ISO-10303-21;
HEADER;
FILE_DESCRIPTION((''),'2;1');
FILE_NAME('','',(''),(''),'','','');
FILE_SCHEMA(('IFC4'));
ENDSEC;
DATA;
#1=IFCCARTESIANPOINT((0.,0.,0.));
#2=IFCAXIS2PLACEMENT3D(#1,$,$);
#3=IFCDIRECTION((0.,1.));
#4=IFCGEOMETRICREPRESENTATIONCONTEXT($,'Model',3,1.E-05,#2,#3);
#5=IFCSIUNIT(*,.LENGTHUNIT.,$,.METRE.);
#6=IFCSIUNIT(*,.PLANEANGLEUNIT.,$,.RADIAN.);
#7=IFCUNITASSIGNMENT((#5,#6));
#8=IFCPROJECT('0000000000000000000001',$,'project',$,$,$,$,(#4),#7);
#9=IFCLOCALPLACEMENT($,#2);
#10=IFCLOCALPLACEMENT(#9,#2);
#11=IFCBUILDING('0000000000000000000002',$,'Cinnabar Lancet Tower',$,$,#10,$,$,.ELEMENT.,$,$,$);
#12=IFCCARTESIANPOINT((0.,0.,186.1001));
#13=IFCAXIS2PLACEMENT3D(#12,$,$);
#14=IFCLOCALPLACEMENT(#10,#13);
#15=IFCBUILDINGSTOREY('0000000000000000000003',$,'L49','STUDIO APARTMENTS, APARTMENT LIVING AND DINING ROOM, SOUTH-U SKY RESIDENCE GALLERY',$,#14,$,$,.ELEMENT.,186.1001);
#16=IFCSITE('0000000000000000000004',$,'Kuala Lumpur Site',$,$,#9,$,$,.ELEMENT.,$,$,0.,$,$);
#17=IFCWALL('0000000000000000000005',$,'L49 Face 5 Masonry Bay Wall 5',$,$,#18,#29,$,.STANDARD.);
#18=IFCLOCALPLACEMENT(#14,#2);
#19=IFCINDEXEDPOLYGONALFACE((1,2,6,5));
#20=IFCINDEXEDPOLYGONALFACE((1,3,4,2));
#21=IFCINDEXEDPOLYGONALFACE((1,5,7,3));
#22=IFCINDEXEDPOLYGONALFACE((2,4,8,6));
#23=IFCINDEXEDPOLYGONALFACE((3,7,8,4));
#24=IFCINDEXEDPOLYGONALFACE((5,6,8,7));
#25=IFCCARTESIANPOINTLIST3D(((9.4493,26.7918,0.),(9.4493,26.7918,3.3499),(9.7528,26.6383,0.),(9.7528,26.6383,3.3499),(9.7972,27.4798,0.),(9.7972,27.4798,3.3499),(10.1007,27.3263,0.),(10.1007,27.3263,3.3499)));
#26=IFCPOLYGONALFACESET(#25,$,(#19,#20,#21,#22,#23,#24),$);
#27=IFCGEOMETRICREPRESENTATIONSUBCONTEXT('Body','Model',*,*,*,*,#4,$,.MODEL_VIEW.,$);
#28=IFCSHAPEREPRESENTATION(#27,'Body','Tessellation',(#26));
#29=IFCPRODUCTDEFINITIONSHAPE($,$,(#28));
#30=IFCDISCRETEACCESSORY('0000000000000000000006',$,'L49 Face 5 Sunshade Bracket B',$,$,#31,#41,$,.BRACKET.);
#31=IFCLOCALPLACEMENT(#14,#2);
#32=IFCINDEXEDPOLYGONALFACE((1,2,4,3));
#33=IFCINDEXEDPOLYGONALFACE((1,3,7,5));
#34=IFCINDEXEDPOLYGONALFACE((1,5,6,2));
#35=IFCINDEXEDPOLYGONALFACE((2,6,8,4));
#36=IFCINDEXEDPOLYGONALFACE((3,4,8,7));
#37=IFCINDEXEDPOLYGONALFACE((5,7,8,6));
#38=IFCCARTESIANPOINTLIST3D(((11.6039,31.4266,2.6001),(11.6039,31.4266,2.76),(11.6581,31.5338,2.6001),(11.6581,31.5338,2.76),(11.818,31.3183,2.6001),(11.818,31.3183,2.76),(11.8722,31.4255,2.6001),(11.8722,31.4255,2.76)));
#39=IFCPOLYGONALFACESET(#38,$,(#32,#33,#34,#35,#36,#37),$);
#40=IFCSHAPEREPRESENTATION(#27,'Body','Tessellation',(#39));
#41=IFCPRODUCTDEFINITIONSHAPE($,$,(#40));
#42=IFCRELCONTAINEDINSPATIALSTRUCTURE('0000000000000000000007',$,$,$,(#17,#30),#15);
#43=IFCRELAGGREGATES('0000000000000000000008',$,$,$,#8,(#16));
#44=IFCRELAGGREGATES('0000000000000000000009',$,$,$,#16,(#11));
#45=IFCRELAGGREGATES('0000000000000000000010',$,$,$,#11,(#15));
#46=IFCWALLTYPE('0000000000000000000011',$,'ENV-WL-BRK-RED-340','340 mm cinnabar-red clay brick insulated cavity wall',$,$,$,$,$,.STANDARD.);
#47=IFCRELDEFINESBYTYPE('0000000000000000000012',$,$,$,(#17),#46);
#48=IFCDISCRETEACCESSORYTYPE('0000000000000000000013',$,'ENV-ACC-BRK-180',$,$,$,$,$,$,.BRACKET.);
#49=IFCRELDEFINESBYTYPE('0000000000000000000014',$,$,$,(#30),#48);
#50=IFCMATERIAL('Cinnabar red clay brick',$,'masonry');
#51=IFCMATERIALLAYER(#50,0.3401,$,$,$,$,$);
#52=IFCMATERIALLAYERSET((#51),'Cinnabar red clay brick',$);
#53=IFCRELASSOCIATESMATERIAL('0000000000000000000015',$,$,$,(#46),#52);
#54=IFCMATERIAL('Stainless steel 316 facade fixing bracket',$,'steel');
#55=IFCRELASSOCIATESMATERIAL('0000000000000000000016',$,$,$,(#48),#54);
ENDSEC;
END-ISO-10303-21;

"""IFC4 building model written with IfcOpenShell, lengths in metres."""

from ifc_helpers import new_model, si_unit, direction, frame, frame_2d, origin, origin_2d, place, context, subcontext, project, spatial, rectangle, extrude, material, layer, layer_set, type_object, element, save


model = new_model("IFC4")

# Units and contexts
model_context = context("Model", 3, precision=1e-05, world=origin(), true_north=direction((0.0, 1.0)))
body_context = subcontext(model_context, "Body", "Model", "MODEL_VIEW")
ifc_project = project(units=[si_unit("LENGTHUNIT", "METRE"), si_unit("PLANEANGLEUNIT", "RADIAN")], contexts=[model_context])

# Site, building, storey
site_placement = place(None, origin())
site = spatial("IfcSite", under=ifc_project, at=site_placement, Name="Kuala Lumpur Site", CompositionType="ELEMENT", RefElevation=0.0)
building_placement = place(site_placement, origin())
building = spatial("IfcBuilding", under=site, at=building_placement, Name="Cinnabar Lancet Tower", CompositionType="ELEMENT")
storey_placement = place(building_placement, frame((0.0, 0.0, 186.1001)))
storey = spatial("IfcBuildingStorey", under=building, at=storey_placement, Name="L49", Description="STUDIO APARTMENTS, APARTMENT LIVING AND DINING ROOM, SOUTH-U SKY RESIDENCE GALLERY", CompositionType="ELEMENT", Elevation=186.1001)

# Shared definitions
ifc_material_1 = material(Name="Cinnabar red clay brick", Category="masonry")
ifc_layer_1 = layer(ifc_material_1, 0.3401)
ifc_layer_set_1 = layer_set([ifc_layer_1], Name="Cinnabar red clay brick")
wall_type_1 = type_object("IfcWallType", Name="ENV-WL-BRK-RED-340", Description="340 mm cinnabar-red clay brick insulated cavity wall", PredefinedType="STANDARD", material=ifc_layer_set_1)

# Wall
wall_1_placement = place(storey_placement, frame((9.949, 27.4031, 0.0), z_axis=(0.0, 0.0, 1.0), x_axis=(-0.451262, -0.892391, 0.0)))
element("IfcWall", 1, at=wall_1_placement, inside=storey, type_object=wall_type_1, Name="L49 Face 5 Masonry Bay Wall 5", PredefinedType="STANDARD", context=body_context, shape_type="SweptSolid", body=[
    extrude(rectangle(XDim=0.771, YDim=0.3401, at=frame_2d((0.3855, 0.0))), origin(), (0.0, 0.0, 1.0), 3.3499),
])

# Discrete accessory
ifc_material_2 = material(Name="Stainless steel 316 facade fixing bracket", Category="steel")
discrete_accessory_type = type_object("IfcDiscreteAccessoryType", Name="ENV-ACC-BRK-180", PredefinedType="BRACKET", material=ifc_material_2)
discrete_accessory_placement = place(storey_placement, frame((11.738, 31.426, 2.6001), z_axis=(0.0, 0.0, 1.0), x_axis=(-0.451407, -0.892318, 0.0)))
element("IfcDiscreteAccessory", 2, at=discrete_accessory_placement, inside=storey, type_object=discrete_accessory_type, Name="L49 Face 5 Sunshade Bracket B", PredefinedType="BRACKET", context=body_context, shape_type="SweptSolid", body=[
    extrude(rectangle(XDim=0.1201, YDim=0.24, at=origin_2d()), origin(), (0.0, 0.0, 1.0), 0.1599),
])

save(model, "model.ifc")
